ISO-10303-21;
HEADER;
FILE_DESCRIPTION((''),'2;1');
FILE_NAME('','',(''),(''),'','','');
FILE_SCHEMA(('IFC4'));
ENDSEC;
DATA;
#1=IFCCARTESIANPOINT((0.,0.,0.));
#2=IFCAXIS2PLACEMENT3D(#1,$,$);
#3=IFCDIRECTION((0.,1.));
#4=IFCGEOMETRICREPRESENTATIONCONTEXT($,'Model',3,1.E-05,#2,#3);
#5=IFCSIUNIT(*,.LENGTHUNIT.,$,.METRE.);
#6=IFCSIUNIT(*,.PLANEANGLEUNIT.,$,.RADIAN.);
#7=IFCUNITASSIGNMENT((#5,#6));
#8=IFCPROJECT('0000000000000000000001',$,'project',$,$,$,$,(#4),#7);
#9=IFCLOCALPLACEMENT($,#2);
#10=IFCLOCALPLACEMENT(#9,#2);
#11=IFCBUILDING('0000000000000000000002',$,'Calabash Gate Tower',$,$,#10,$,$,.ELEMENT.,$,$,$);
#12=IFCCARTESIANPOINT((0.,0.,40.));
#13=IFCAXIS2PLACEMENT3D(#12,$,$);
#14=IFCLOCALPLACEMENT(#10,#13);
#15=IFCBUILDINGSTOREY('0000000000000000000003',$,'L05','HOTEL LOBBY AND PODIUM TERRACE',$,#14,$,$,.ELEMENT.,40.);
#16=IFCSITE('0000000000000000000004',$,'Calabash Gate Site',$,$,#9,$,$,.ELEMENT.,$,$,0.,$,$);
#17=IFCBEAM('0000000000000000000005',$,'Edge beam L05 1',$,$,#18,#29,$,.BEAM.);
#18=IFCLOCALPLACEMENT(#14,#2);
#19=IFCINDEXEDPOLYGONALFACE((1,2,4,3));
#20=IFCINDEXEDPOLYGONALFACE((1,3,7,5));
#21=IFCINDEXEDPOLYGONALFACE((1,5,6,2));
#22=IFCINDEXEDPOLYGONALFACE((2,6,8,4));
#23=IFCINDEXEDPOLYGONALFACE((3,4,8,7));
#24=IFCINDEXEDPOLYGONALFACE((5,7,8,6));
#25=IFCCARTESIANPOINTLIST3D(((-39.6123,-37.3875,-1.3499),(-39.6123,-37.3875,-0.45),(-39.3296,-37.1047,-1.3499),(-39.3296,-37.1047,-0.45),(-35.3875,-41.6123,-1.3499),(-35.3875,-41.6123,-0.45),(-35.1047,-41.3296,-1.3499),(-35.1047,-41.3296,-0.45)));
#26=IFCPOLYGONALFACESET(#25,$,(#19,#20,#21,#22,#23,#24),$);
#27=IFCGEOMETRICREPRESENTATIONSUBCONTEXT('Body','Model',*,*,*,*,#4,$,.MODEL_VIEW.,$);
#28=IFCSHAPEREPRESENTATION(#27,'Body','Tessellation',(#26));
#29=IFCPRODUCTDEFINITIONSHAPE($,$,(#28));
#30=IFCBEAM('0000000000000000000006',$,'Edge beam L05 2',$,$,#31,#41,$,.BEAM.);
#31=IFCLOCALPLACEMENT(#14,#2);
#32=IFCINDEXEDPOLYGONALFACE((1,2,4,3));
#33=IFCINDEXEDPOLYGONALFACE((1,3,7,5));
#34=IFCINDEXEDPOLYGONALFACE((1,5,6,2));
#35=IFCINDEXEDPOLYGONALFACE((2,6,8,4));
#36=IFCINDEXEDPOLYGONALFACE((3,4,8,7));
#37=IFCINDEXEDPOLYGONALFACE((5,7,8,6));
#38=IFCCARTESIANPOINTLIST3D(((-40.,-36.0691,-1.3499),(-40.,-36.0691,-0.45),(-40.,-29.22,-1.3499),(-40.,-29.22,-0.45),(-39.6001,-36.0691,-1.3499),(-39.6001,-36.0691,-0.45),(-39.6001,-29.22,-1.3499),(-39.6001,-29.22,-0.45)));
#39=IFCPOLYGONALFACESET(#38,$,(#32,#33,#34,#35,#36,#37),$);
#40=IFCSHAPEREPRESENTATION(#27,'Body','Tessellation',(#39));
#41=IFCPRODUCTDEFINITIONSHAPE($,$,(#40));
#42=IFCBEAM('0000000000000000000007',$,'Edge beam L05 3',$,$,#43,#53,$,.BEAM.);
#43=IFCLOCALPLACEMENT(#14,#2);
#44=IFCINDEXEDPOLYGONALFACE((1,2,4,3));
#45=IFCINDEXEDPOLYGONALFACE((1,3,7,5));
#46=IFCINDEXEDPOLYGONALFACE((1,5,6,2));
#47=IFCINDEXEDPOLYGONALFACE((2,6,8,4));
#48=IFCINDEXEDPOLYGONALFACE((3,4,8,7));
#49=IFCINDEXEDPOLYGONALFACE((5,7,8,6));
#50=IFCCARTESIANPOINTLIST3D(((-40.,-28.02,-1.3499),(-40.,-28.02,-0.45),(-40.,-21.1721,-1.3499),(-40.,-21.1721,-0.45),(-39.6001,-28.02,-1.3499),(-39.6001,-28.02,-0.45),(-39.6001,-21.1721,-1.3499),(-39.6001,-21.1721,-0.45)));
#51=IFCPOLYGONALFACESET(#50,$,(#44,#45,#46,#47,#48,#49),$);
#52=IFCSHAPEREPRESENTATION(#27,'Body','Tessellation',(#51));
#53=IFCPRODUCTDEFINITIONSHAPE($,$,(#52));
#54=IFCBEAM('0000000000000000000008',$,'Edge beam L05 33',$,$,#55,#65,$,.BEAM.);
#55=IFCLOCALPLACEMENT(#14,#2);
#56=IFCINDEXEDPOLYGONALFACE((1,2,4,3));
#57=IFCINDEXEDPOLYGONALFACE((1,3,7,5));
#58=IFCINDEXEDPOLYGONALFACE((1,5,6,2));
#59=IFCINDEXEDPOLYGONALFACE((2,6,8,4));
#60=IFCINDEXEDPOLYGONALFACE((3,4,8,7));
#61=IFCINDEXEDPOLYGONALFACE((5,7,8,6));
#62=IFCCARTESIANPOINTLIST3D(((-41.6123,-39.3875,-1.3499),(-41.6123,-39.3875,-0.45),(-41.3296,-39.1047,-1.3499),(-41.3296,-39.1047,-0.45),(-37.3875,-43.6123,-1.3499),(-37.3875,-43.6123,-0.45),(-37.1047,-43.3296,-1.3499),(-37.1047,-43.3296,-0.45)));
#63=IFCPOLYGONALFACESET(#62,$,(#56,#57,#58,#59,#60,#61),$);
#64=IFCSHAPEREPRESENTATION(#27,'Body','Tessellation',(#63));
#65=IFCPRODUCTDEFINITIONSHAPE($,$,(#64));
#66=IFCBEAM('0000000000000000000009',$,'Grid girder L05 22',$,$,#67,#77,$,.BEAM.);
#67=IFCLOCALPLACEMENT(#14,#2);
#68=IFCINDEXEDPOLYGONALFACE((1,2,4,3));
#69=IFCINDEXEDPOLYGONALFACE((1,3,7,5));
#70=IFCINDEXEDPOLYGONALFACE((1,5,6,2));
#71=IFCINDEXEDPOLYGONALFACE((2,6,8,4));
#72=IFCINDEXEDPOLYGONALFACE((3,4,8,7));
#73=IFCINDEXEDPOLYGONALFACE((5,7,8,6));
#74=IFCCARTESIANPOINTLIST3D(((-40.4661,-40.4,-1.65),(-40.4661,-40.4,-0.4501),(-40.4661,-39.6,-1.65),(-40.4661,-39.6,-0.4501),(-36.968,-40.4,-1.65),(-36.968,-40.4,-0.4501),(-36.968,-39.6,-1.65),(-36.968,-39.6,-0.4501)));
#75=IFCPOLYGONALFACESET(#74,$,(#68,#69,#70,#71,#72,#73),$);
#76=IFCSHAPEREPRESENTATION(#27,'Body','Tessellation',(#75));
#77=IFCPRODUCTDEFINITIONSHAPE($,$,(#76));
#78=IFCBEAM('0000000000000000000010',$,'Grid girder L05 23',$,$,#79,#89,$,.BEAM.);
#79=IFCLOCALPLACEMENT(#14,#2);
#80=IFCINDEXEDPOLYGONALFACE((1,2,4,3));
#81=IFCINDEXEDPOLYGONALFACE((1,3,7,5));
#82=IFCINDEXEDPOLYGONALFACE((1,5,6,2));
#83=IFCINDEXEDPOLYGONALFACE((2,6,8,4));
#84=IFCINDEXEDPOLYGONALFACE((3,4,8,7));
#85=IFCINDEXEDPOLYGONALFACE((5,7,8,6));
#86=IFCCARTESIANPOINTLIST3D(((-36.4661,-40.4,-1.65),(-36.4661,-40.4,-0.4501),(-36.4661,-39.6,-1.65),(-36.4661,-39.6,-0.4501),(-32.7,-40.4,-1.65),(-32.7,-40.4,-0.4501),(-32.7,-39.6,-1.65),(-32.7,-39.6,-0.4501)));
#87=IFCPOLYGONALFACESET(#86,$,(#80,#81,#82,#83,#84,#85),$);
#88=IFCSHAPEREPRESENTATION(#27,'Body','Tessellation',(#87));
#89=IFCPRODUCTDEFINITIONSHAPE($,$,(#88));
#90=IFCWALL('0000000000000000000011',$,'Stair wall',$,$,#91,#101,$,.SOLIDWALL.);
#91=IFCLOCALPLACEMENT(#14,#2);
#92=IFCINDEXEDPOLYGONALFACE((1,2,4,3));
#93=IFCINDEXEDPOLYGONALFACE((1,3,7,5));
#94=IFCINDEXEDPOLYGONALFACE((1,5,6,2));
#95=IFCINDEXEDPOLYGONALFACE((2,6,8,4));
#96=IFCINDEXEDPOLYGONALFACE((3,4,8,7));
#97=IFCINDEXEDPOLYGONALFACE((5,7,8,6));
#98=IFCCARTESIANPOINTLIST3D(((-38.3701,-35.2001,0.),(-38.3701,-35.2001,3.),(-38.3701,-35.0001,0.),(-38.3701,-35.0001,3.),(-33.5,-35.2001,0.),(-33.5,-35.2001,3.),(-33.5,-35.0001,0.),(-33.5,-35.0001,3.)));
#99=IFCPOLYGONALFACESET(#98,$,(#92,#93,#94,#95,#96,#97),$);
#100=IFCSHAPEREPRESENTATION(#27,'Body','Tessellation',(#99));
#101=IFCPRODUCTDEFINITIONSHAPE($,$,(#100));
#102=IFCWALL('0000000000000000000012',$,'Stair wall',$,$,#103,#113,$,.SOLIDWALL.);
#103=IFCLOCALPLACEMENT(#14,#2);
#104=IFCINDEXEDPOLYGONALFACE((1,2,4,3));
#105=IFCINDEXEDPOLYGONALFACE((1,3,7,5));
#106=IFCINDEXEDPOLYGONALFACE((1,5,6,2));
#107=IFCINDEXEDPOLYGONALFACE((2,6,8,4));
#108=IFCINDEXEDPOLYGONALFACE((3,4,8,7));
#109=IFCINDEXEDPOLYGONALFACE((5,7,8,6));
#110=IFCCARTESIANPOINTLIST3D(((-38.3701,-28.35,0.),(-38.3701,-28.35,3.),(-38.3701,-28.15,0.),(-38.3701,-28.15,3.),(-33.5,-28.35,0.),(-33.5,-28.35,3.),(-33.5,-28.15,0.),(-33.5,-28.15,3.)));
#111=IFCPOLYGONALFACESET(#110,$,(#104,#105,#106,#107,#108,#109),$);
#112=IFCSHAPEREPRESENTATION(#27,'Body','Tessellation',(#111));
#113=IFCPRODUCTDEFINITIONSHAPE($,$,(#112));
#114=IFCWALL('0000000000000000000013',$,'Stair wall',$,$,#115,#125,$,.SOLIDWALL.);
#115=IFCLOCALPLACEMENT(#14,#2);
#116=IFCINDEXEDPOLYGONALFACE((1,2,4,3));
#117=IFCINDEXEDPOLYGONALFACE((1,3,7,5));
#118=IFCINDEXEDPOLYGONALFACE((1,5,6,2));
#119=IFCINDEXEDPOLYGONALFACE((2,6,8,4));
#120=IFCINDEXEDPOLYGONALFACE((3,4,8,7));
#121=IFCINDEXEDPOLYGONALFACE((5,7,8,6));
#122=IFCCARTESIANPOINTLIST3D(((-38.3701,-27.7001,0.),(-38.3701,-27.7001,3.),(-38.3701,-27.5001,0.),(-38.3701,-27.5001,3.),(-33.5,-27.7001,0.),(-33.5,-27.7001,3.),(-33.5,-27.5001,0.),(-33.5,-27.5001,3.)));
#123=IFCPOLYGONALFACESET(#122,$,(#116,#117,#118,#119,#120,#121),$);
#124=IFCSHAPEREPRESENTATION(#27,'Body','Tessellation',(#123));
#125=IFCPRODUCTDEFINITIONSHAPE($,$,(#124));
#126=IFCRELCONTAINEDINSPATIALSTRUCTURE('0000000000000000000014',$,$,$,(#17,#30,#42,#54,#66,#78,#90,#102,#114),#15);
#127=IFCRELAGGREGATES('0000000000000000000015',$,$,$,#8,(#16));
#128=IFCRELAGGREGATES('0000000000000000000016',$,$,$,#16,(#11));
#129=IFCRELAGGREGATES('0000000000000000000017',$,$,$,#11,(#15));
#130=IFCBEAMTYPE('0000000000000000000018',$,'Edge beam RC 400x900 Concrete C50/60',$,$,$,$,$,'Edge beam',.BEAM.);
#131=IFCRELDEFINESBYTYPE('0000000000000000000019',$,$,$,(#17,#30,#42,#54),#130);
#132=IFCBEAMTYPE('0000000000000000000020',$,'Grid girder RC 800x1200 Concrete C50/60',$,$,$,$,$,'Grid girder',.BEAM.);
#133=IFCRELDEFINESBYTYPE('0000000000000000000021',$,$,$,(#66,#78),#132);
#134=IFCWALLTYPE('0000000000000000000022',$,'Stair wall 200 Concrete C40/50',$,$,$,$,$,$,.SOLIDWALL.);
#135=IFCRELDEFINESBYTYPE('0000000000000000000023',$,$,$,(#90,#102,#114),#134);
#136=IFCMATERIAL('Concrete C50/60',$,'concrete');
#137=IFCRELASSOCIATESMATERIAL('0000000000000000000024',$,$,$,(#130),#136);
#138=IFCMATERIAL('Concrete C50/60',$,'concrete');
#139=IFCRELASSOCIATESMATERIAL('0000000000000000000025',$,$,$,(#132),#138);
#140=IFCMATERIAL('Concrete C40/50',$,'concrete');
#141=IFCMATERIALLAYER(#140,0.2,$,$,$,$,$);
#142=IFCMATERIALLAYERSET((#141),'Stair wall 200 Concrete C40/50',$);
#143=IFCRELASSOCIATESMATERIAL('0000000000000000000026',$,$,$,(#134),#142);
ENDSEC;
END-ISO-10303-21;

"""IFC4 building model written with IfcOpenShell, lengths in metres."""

from ifc_helpers import new_model, si_unit, direction, frame, frame_2d, origin, origin_2d, place, context, subcontext, project, spatial, rectangle, extrude, material, layer, layer_set, material_profile, profile_set, type_object, element, save


model = new_model("IFC4")

# Units and contexts
model_context = context("Model", 3, precision=1e-05, world=origin(), true_north=direction((0.0, 1.0)))
body_context = subcontext(model_context, "Body", "Model", "MODEL_VIEW")
ifc_project = project(units=[si_unit("LENGTHUNIT", "METRE"), si_unit("PLANEANGLEUNIT", "RADIAN")], contexts=[model_context])

# Site, building, storey
site_placement = place(None, origin())
site = spatial("IfcSite", under=ifc_project, at=site_placement, Name="Calabash Gate Site", CompositionType="ELEMENT", RefElevation=0.0)
building_placement = place(site_placement, origin())
building = spatial("IfcBuilding", under=site, at=building_placement, Name="Calabash Gate Tower", CompositionType="ELEMENT")
storey_placement = place(building_placement, frame((0.0, 0.0, 40.0)))
storey = spatial("IfcBuildingStorey", under=building, at=storey_placement, Name="L05", Description="HOTEL LOBBY AND PODIUM TERRACE", CompositionType="ELEMENT", Elevation=40.0)

# Beams
ifc_material_1 = material(Name="Concrete C50/60", Category="concrete")
ifc_material_profile_1 = material_profile(ifc_material_1, rectangle(XDim=0.3999, YDim=0.8999, at=origin_2d()))
ifc_profile_set_1 = profile_set([ifc_material_profile_1], Name="Concrete C50/60")
beam_type_1 = type_object("IfcBeamType", Name="Edge beam RC 400x900 Concrete C50/60", ElementType="Edge beam", PredefinedType="BEAM", material=ifc_profile_set_1)
beam_1_placement = place(storey_placement, frame((-35.2461, -41.4709, -0.8999), z_axis=(-0.707107, 0.707107, 0.0), x_axis=(-0.707107, -0.707107, 0.0)))
element("IfcBeam", 1, at=beam_1_placement, inside=storey, type_object=beam_type_1, Name="Edge beam L05 1", PredefinedType="BEAM", context=body_context, shape_type="SweptSolid", body=[
    extrude(rectangle(XDim=0.3999, YDim=0.8999, at=origin_2d()), origin(), (0.0, 0.0, 1.0), 5.9749),
])
beam_2_placement = place(storey_placement, frame((-39.8, -36.0691, -0.8999), z_axis=(0.0, 1.0, 0.0), x_axis=(-1.0, 0.0, 0.0)))
element("IfcBeam", 2, at=beam_2_placement, inside=storey, type_object=beam_type_1, Name="Edge beam L05 2", PredefinedType="BEAM", context=body_context, shape_type="SweptSolid", body=[
    extrude(rectangle(XDim=0.3999, YDim=0.8999, at=origin_2d()), origin(), (0.0, 0.0, 1.0), 6.8491),
])
beam_3_placement = place(storey_placement, frame((-39.8, -28.02, -0.8999), z_axis=(0.0, 1.0, 0.0), x_axis=(-1.0, 0.0, 0.0)))
element("IfcBeam", 3, at=beam_3_placement, inside=storey, type_object=beam_type_1, Name="Edge beam L05 3", PredefinedType="BEAM", context=body_context, shape_type="SweptSolid", body=[
    extrude(rectangle(XDim=0.3999, YDim=0.8999, at=origin_2d()), origin(), (0.0, 0.0, 1.0), 6.8479),
])
beam_4_placement = place(storey_placement, frame((-37.2461, -43.4709, -0.8999), z_axis=(-0.707107, 0.707107, 0.0), x_axis=(-0.707107, -0.707107, 0.0)))
element("IfcBeam", 4, at=beam_4_placement, inside=storey, type_object=beam_type_1, Name="Edge beam L05 33", PredefinedType="BEAM", context=body_context, shape_type="SweptSolid", body=[
    extrude(rectangle(XDim=0.3999, YDim=0.8999, at=origin_2d()), origin(), (0.0, 0.0, 1.0), 5.9749),
])
ifc_material_2 = material(Name="Concrete C50/60", Category="concrete")
ifc_material_profile_2 = material_profile(ifc_material_2, rectangle(XDim=0.8, YDim=1.2, at=origin_2d()))
ifc_profile_set_2 = profile_set([ifc_material_profile_2], Name="Concrete C50/60")
beam_type_2 = type_object("IfcBeamType", Name="Grid girder RC 800x1200 Concrete C50/60", ElementType="Grid girder", PredefinedType="BEAM", material=ifc_profile_set_2)
beam_5_placement = place(storey_placement, frame((-40.4661, -40.0, -1.05), z_axis=(1.0, 0.0, 0.0), x_axis=(0.0, 1.0, 0.0)))
element("IfcBeam", 5, at=beam_5_placement, inside=storey, type_object=beam_type_2, Name="Grid girder L05 22", PredefinedType="BEAM", context=body_context, shape_type="SweptSolid", body=[
    extrude(rectangle(XDim=0.8, YDim=1.2, at=origin_2d()), origin(), (0.0, 0.0, 1.0), 3.498),
])
beam_6_placement = place(storey_placement, frame((-36.4661, -40.0, -1.05), z_axis=(1.0, 0.0, 0.0), x_axis=(0.0, 1.0, 0.0)))
element("IfcBeam", 6, at=beam_6_placement, inside=storey, type_object=beam_type_2, Name="Grid girder L05 23", PredefinedType="BEAM", context=body_context, shape_type="SweptSolid", body=[
    extrude(rectangle(XDim=0.8, YDim=1.2, at=origin_2d()), origin(), (0.0, 0.0, 1.0), 3.7661),
])

# Walls
ifc_material_3 = material(Name="Concrete C40/50", Category="concrete")
ifc_layer = layer(ifc_material_3, 0.2)
ifc_layer_set = layer_set([ifc_layer], Name="Stair wall 200 Concrete C40/50")
wall_type = type_object("IfcWallType", Name="Stair wall 200 Concrete C40/50", PredefinedType="SOLIDWALL", material=ifc_layer_set)
for number, where, z_axis, x_axis, name in (
    (7, (-38.3701, -35.1001, 0.0), (0.0, 0.0, 1.0), (1.0, 0.0, 0.0), "Stair wall"),
    (8, (-38.3701, -28.25, 0.0), (0.0, 0.0, 1.0), (1.0, 0.0, 0.0), "Stair wall"),
):
    element("IfcWall", number, at=place(storey_placement, frame(where, z_axis=z_axis, x_axis=x_axis)), inside=storey, type_object=wall_type, Name=name, PredefinedType="SOLIDWALL", context=body_context, shape_type="SweptSolid", body=[
        extrude(rectangle(XDim=4.8701, YDim=0.2, at=frame_2d((2.4351, 0.0))), origin(), (0.0, 0.0, 1.0), 3.0),
    ])

# Wall
wall_1_placement = place(storey_placement, frame((-38.3701, -27.6001, 0.0), z_axis=(0.0, 0.0, 1.0), x_axis=(1.0, 0.0, 0.0)))
element("IfcWall", 9, at=wall_1_placement, inside=storey, type_object=wall_type, Name="Stair wall", PredefinedType="SOLIDWALL", context=body_context, shape_type="SweptSolid", body=[
    extrude(rectangle(XDim=4.8701, YDim=0.2, at=frame_2d((2.4351, 0.0))), origin(), (0.0, 0.0, 1.0), 3.0),
])

save(model, "model.ifc")
